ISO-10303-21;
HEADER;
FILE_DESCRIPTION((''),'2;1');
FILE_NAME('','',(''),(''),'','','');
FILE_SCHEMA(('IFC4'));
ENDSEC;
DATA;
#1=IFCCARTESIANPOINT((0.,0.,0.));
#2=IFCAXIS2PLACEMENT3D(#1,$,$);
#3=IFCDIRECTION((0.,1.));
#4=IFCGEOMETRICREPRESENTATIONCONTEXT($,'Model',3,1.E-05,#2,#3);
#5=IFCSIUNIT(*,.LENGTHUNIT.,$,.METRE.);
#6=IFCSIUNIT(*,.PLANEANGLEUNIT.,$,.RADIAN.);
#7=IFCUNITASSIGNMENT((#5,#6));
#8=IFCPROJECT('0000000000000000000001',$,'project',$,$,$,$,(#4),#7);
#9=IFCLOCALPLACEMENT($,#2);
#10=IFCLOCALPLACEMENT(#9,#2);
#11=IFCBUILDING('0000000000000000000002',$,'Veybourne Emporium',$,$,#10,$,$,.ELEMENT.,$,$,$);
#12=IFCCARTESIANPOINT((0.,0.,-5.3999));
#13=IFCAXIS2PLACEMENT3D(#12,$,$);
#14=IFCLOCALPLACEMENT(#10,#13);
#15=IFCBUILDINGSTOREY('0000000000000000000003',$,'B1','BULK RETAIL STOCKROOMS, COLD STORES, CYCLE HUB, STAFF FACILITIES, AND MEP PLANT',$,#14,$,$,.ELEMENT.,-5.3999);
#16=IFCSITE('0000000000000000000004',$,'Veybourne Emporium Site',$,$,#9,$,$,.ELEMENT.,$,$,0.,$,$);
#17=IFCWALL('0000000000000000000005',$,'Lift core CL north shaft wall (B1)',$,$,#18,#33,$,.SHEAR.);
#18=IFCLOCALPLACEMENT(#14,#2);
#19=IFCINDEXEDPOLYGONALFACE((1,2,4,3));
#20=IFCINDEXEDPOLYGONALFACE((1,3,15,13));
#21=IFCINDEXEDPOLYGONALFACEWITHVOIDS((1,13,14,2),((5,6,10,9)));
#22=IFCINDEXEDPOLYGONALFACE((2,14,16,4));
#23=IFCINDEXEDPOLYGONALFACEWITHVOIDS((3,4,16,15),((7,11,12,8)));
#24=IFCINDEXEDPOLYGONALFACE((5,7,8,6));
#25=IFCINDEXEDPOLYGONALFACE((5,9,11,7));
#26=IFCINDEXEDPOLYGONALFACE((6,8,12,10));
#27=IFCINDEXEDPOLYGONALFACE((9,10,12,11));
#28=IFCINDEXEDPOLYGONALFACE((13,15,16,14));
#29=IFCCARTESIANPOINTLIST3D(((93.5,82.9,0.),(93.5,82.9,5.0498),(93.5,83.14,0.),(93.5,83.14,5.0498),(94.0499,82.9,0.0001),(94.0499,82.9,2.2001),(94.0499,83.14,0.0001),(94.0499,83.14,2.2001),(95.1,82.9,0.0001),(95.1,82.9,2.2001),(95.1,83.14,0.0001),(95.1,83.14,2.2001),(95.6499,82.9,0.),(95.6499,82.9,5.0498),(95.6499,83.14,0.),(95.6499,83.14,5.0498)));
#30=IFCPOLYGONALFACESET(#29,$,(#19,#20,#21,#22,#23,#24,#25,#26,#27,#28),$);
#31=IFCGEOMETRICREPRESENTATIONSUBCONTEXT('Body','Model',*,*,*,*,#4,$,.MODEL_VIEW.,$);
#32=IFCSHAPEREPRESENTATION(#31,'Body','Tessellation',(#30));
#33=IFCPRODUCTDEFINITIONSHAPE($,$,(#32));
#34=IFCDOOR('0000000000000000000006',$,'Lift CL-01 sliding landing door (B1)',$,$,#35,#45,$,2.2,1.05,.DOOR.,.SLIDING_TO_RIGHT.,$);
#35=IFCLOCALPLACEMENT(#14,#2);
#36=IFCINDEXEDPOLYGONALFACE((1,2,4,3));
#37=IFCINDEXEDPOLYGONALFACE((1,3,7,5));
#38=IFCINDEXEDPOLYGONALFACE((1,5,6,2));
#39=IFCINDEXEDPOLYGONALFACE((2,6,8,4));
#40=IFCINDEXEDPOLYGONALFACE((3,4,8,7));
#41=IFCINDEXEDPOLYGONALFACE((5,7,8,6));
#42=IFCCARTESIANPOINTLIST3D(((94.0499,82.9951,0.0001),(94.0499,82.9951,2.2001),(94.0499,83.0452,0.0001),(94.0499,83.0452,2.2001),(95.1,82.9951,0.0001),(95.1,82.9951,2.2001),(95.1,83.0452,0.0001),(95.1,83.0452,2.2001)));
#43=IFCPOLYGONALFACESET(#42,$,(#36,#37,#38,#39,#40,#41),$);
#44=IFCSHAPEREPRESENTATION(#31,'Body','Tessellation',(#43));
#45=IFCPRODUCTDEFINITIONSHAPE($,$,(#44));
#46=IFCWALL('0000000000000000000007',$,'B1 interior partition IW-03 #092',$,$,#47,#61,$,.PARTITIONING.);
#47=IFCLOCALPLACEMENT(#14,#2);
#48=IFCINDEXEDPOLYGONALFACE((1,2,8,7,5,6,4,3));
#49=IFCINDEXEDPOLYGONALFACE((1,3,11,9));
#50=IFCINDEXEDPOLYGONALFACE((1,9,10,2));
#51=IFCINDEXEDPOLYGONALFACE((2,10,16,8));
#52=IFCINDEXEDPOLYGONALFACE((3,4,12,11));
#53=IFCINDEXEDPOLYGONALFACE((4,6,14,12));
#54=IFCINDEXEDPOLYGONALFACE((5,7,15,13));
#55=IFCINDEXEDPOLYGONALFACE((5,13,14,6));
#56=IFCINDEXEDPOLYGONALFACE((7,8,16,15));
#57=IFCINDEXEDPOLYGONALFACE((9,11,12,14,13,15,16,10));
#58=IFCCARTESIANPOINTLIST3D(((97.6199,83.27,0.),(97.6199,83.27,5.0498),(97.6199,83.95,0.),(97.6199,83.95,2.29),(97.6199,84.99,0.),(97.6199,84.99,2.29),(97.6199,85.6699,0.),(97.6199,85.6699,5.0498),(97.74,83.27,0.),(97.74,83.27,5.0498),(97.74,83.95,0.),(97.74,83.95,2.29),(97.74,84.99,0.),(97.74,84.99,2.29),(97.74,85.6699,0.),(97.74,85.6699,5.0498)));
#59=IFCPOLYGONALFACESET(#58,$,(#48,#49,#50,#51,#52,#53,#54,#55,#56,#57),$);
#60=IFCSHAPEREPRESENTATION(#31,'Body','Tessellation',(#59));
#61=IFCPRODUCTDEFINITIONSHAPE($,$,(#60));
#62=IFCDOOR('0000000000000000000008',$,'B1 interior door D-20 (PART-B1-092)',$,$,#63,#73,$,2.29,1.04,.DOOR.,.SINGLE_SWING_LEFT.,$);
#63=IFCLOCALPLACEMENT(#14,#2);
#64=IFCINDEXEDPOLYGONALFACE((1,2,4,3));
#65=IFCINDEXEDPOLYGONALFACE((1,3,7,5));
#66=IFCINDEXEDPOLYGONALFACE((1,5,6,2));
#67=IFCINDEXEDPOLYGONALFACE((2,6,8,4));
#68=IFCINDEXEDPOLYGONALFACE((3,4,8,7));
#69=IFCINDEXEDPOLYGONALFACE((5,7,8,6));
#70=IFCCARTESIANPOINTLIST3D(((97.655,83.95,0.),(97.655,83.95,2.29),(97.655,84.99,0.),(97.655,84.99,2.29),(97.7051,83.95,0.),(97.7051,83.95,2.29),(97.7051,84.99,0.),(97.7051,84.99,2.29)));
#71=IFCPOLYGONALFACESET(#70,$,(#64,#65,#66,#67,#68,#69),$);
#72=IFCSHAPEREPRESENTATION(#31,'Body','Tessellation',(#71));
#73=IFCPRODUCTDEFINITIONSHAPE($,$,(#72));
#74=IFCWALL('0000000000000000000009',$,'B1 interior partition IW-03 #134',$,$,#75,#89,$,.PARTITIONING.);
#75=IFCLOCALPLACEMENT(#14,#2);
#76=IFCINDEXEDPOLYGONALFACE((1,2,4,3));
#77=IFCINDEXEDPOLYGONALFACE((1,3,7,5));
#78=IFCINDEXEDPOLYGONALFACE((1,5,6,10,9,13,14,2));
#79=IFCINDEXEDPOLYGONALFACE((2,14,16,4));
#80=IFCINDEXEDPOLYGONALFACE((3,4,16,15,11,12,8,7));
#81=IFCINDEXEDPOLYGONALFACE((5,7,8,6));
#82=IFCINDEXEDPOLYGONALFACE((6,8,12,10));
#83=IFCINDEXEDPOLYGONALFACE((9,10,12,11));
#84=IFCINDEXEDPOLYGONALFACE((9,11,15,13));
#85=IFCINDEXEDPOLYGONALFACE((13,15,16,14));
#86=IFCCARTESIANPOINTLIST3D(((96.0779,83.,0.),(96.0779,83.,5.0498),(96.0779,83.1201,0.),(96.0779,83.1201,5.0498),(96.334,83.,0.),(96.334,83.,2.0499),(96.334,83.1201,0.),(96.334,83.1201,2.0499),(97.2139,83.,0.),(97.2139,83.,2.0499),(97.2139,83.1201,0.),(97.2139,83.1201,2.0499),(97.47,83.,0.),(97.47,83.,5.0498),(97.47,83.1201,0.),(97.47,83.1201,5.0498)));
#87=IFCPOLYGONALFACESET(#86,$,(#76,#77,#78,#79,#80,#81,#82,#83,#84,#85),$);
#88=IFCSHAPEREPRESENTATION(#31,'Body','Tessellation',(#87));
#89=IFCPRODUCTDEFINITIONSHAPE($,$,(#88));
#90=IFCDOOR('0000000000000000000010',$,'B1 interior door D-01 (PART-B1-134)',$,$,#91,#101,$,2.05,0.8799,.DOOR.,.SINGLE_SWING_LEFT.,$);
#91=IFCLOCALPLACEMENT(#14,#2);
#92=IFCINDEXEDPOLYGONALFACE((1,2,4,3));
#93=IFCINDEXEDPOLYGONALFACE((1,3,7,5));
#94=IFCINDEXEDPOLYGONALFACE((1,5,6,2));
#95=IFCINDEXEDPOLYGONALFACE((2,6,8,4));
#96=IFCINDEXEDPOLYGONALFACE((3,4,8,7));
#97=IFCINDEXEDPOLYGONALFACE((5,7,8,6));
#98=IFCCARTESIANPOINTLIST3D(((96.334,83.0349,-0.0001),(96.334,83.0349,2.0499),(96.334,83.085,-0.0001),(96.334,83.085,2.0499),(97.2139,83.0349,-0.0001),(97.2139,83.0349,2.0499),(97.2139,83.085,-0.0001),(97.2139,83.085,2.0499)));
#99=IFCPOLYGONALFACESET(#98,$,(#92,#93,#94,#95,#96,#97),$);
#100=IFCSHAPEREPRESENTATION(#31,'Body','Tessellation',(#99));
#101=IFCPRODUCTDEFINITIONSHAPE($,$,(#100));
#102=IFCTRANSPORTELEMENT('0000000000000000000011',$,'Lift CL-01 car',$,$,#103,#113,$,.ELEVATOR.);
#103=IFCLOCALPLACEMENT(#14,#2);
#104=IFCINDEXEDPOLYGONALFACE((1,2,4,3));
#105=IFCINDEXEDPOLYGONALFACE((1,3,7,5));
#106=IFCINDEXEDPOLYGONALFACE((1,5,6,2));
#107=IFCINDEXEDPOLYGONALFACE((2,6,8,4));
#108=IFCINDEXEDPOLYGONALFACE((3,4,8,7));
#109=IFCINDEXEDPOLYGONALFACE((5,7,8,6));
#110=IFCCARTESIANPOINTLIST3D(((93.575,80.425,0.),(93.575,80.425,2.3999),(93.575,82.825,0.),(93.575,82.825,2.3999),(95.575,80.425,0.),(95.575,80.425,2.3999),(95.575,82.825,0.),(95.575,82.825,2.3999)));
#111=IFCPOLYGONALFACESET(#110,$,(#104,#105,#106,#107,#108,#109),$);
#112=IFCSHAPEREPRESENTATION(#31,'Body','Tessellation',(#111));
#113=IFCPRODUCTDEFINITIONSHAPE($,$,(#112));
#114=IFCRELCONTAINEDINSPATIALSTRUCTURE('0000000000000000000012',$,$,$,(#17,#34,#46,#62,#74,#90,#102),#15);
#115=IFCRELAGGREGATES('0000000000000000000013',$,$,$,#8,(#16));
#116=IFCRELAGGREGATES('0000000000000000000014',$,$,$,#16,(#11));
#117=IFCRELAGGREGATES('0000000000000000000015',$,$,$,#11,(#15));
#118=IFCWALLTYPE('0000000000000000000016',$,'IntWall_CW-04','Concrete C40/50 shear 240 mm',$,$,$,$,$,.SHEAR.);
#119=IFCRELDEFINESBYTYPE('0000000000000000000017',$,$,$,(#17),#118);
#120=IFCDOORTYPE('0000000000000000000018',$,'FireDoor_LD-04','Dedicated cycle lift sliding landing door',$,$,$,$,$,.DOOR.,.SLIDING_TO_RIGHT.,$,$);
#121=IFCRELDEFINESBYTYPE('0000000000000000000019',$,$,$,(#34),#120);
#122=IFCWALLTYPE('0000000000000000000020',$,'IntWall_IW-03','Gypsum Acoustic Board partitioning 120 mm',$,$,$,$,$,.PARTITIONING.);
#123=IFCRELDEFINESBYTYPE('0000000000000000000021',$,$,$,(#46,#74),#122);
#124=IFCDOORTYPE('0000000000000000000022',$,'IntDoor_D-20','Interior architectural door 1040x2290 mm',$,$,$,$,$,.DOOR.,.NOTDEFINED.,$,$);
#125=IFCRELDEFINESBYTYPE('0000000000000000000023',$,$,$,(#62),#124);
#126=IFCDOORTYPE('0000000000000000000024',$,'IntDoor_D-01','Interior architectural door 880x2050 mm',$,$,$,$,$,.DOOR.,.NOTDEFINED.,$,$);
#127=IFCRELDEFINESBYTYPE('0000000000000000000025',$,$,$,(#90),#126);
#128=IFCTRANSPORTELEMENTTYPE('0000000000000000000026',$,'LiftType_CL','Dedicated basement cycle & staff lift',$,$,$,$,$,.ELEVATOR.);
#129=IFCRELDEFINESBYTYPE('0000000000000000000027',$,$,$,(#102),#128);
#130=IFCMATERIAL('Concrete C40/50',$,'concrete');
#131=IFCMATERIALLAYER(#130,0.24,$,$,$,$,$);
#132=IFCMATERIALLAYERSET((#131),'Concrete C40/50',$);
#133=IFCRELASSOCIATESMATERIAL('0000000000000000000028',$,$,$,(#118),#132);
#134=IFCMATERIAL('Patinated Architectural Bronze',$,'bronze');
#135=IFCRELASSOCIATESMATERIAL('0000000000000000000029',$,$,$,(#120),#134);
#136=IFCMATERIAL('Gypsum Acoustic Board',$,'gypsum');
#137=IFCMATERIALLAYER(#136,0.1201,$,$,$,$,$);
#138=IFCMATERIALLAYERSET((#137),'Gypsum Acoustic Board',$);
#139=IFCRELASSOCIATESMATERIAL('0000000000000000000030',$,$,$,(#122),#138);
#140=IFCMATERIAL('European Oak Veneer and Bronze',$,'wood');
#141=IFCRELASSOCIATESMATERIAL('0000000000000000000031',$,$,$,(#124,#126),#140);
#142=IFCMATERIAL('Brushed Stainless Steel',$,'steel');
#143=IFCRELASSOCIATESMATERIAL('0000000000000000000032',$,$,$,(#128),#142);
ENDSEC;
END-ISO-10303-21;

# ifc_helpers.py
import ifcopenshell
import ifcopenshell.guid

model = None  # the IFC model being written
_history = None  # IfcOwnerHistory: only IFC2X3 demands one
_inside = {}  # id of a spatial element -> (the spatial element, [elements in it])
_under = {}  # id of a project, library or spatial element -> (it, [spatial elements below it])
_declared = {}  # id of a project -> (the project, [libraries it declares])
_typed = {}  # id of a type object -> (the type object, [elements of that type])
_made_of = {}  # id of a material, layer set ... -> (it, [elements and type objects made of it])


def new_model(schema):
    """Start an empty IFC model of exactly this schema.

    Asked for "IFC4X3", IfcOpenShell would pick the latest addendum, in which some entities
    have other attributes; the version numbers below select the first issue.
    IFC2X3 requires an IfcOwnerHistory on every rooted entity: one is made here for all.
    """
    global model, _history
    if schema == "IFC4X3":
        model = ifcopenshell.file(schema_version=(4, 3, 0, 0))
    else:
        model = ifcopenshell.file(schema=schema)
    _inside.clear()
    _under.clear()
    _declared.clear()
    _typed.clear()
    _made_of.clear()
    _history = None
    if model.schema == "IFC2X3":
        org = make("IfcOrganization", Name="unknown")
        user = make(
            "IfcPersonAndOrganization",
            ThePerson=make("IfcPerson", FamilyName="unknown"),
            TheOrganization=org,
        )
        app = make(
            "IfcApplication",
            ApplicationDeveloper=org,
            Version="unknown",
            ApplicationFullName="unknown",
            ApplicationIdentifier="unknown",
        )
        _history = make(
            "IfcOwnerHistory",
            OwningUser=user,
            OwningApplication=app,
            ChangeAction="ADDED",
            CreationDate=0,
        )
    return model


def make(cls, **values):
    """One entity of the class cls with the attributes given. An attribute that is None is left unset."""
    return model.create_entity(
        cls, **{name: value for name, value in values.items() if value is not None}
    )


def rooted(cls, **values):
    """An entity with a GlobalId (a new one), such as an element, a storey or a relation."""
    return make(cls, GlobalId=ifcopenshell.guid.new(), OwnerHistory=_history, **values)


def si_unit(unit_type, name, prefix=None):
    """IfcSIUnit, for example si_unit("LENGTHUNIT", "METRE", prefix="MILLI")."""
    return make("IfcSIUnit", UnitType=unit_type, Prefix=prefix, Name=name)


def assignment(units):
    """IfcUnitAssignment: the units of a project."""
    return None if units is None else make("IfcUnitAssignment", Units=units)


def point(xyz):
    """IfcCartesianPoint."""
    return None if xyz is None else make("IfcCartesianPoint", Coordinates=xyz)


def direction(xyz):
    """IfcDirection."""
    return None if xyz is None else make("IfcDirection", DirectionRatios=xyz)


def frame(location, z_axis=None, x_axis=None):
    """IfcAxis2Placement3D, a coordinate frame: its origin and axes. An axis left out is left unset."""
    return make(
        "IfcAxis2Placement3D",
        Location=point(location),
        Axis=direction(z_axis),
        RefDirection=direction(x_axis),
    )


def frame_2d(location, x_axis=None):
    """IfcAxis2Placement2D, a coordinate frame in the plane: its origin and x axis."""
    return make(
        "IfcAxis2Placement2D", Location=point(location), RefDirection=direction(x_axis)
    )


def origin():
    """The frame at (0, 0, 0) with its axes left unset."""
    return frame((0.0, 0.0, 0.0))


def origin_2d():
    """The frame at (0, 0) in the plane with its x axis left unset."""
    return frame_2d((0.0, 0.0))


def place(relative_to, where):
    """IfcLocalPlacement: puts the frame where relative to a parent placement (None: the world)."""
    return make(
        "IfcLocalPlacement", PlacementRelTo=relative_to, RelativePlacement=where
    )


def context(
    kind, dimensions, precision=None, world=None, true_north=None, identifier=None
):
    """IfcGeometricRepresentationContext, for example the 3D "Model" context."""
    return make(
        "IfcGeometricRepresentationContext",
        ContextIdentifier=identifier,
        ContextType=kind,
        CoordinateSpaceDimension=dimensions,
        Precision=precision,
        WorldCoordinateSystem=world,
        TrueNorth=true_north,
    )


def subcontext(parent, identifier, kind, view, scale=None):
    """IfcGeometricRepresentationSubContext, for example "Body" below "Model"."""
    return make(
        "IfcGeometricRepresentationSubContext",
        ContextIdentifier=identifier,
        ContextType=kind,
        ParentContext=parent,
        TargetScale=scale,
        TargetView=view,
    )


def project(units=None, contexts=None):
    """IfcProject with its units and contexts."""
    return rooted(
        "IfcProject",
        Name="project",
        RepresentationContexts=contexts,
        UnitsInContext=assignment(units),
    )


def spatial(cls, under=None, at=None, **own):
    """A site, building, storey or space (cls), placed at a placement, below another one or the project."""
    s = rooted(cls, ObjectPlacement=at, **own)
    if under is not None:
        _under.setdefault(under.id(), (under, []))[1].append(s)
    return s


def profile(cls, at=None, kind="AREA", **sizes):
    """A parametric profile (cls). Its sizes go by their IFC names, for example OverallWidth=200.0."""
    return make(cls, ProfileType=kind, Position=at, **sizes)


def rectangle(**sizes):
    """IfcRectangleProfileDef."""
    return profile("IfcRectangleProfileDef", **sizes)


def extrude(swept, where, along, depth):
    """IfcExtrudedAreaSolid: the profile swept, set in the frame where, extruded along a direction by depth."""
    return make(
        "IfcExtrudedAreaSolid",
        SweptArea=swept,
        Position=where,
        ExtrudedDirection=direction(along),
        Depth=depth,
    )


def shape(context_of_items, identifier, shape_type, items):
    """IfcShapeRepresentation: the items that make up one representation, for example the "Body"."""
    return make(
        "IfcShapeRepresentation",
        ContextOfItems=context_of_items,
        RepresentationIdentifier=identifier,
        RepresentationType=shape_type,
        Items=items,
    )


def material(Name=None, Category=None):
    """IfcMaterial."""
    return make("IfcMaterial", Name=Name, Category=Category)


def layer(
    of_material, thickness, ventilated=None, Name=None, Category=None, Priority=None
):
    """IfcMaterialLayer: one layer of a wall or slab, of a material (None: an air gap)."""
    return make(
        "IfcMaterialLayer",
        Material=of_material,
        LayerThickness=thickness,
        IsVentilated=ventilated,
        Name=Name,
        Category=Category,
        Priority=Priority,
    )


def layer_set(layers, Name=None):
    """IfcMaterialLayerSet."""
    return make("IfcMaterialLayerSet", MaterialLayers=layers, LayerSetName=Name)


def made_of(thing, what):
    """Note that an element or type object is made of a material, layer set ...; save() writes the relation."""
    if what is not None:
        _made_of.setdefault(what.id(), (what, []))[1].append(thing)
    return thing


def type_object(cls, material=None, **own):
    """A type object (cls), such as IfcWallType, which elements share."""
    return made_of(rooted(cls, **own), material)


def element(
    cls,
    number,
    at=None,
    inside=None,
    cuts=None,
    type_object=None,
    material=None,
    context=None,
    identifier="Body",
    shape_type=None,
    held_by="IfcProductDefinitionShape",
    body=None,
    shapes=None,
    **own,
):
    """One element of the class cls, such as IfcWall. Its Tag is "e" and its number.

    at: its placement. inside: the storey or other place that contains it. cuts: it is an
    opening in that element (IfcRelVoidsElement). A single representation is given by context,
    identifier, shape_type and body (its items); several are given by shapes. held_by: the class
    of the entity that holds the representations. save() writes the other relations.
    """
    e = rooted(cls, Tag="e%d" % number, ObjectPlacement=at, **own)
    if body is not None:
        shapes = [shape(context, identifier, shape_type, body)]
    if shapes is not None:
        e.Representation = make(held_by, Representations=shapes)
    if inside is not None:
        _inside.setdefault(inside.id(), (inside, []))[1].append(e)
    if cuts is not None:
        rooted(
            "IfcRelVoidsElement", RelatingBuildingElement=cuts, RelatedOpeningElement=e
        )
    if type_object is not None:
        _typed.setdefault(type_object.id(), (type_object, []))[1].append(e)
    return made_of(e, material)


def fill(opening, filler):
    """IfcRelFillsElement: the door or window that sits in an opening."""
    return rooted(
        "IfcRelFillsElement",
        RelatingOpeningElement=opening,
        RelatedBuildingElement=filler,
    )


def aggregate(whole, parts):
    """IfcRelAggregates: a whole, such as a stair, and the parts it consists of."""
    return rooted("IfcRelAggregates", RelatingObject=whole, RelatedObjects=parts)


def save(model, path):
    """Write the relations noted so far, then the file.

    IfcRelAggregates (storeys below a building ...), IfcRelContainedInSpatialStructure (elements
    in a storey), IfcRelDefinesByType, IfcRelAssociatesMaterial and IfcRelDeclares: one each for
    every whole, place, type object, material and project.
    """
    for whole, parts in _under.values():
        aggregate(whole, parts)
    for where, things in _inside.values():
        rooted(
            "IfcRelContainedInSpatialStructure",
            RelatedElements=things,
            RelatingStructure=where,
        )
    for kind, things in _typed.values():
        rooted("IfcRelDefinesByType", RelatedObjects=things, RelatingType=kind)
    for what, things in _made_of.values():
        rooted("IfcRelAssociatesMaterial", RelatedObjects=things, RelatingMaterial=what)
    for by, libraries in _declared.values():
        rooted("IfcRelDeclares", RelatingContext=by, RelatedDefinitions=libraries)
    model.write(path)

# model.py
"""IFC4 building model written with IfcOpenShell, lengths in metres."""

from ifc_helpers import new_model, si_unit, direction, frame, frame_2d, origin, origin_2d, place, context, subcontext, project, spatial, rectangle, extrude, material, layer, layer_set, type_object, element, fill, save


model = new_model("IFC4")

# Units and contexts
model_context = context("Model", 3, precision=1e-05, world=origin(), true_north=direction((0.0, 1.0)))
body_context = subcontext(model_context, "Body", "Model", "MODEL_VIEW")
ifc_project = project(units=[si_unit("LENGTHUNIT", "METRE"), si_unit("PLANEANGLEUNIT", "RADIAN")], contexts=[model_context])

# Site, building, storey
site_placement = place(None, origin())
site = spatial("IfcSite", under=ifc_project, at=site_placement, Name="Veybourne Emporium Site", CompositionType="ELEMENT", RefElevation=0.0)
building_placement = place(site_placement, origin())
building = spatial("IfcBuilding", under=site, at=building_placement, Name="Veybourne Emporium", CompositionType="ELEMENT")
storey_placement = place(building_placement, frame((0.0, 0.0, -5.3999)))
storey = spatial("IfcBuildingStorey", under=building, at=storey_placement, Name="B1", Description="BULK RETAIL STOCKROOMS, COLD STORES, CYCLE HUB, STAFF FACILITIES, AND MEP PLANT", CompositionType="ELEMENT", Elevation=-5.3999)

# Shared definitions
ifc_material_1 = material(Name="Concrete C40/50", Category="concrete")

# Walls, openings, doors
ifc_layer_1 = layer(ifc_material_1, 0.24)
ifc_layer_set_1 = layer_set([ifc_layer_1], Name="Concrete C40/50")
wall_type_1 = type_object("IfcWallType", Name="IntWall_CW-04", Description="Concrete C40/50 shear 240 mm", PredefinedType="SHEAR", material=ifc_layer_set_1)
wall_1_placement = place(storey_placement, frame((95.6499, 83.02, 0.0), z_axis=(0.0, 0.0, 1.0), x_axis=(-1.0, 0.0, 0.0)))
wall_1 = element("IfcWall", 1, at=wall_1_placement, inside=storey, type_object=wall_type_1, Name="Lift core CL north shaft wall (B1)", PredefinedType="SHEAR", context=body_context, shape_type="SweptSolid", body=[
    extrude(rectangle(XDim=2.1499, YDim=0.24, at=frame_2d((1.075, 0.0))), origin(), (0.0, 0.0, 1.0), 5.0498),
])
opening_1_placement = place(wall_1_placement, frame((0.55, 0.0, 0.0)))
opening_1 = element("IfcOpeningElement", 2, at=opening_1_placement, cuts=wall_1, PredefinedType="OPENING", context=body_context, shape_type="SweptSolid", body=[
    extrude(rectangle(XDim=1.05, YDim=2.2, at=frame_2d((0.5249, 1.1001))), frame((0.0, 0.1401, 0.0), z_axis=(0.0, -1.0, 0.0), x_axis=(1.0, 0.0, 0.0)), (0.0, 0.0, 1.0), 0.28),
])
ifc_material_2 = material(Name="Patinated Architectural Bronze", Category="bronze")
door_type_1 = type_object("IfcDoorType", Name="FireDoor_LD-04", Description="Dedicated cycle lift sliding landing door", OperationType="SLIDING_TO_RIGHT", PredefinedType="DOOR", material=ifc_material_2)
door_1_placement = place(opening_1_placement, origin())
door_1 = element("IfcDoor", 3, at=door_1_placement, inside=storey, type_object=door_type_1, Name="Lift CL-01 sliding landing door (B1)", OperationType="SLIDING_TO_RIGHT", OverallHeight=2.2, OverallWidth=1.05, PredefinedType="DOOR", context=body_context, shape_type="SweptSolid", body=[
    extrude(rectangle(XDim=1.05, YDim=2.2, at=frame_2d((0.5249, 1.1001))), frame((0.0, 0.0249, 0.0), z_axis=(0.0, -1.0, 0.0), x_axis=(1.0, 0.0, 0.0)), (0.0, 0.0, 1.0), 0.05),
])
fill(opening_1, door_1)
ifc_material_3 = material(Name="Gypsum Acoustic Board", Category="gypsum")
ifc_layer_2 = layer(ifc_material_3, 0.1201)
ifc_layer_set_2 = layer_set([ifc_layer_2], Name="Gypsum Acoustic Board")
wall_type_2 = type_object("IfcWallType", Name="IntWall_IW-03", Description="Gypsum Acoustic Board partitioning 120 mm", PredefinedType="PARTITIONING", material=ifc_layer_set_2)
wall_2_placement = place(storey_placement, frame((97.6799, 83.27, 0.0), z_axis=(0.0, 0.0, 1.0), x_axis=(0.0, 1.0, 0.0)))
wall_2 = element("IfcWall", 4, at=wall_2_placement, inside=storey, type_object=wall_type_2, Name="B1 interior partition IW-03 #092", PredefinedType="PARTITIONING", context=body_context, shape_type="SweptSolid", body=[
    extrude(rectangle(XDim=2.3999, YDim=0.1201, at=frame_2d((1.2, 0.0))), origin(), (0.0, 0.0, 1.0), 5.0498),
])
opening_2_placement = place(wall_2_placement, frame((0.6799, 0.0, 0.0)))
opening_2 = element("IfcOpeningElement", 5, at=opening_2_placement, cuts=wall_2, PredefinedType="OPENING", context=body_context, shape_type="SweptSolid", body=[
    extrude(rectangle(XDim=1.04, YDim=2.29, at=frame_2d((0.52, 1.145))), frame((0.0, 0.0801, 0.0), z_axis=(0.0, -1.0, 0.0), x_axis=(1.0, 0.0, 0.0)), (0.0, 0.0, 1.0), 0.1602),
])
ifc_material_4 = material(Name="European Oak Veneer and Bronze", Category="wood")
door_type_2 = type_object("IfcDoorType", Name="IntDoor_D-20", Description="Interior architectural door 1040x2290 mm", OperationType="NOTDEFINED", PredefinedType="DOOR", material=ifc_material_4)
door_2_placement = place(opening_2_placement, origin())
door_2 = element("IfcDoor", 6, at=door_2_placement, inside=storey, type_object=door_type_2, Name="B1 interior door D-20 (PART-B1-092)", OperationType="SINGLE_SWING_LEFT", OverallHeight=2.29, OverallWidth=1.04, PredefinedType="DOOR", context=body_context, shape_type="SweptSolid", body=[
    extrude(rectangle(XDim=1.04, YDim=2.29, at=frame_2d((0.52, 1.145))), frame((0.0, 0.0249, 0.0), z_axis=(0.0, -1.0, 0.0), x_axis=(1.0, 0.0, 0.0)), (0.0, 0.0, 1.0), 0.05),
])
fill(opening_2, door_2)
wall_3_placement = place(storey_placement, frame((96.0779, 83.0601, 0.0), z_axis=(0.0, 0.0, 1.0), x_axis=(1.0, 0.0, 0.0)))
wall_3 = element("IfcWall", 7, at=wall_3_placement, inside=storey, type_object=wall_type_2, Name="B1 interior partition IW-03 #134", PredefinedType="PARTITIONING", context=body_context, shape_type="SweptSolid", body=[
    extrude(rectangle(XDim=1.3921, YDim=0.1201, at=frame_2d((0.696, 0.0))), origin(), (0.0, 0.0, 1.0), 5.0498),
])
opening_3_placement = place(wall_3_placement, frame((0.2561, 0.0, 0.0)))
opening_3 = element("IfcOpeningElement", 8, at=opening_3_placement, cuts=wall_3, PredefinedType="OPENING", context=body_context, shape_type="SweptSolid", body=[
    extrude(rectangle(XDim=0.8799, YDim=2.05, at=frame_2d((0.4399, 1.0249))), frame((0.0, 0.0801, 0.0), z_axis=(0.0, -1.0, 0.0), x_axis=(1.0, 0.0, 0.0)), (0.0, 0.0, 1.0), 0.1602),
])
door_type_3 = type_object("IfcDoorType", Name="IntDoor_D-01", Description="Interior architectural door 880x2050 mm", OperationType="NOTDEFINED", PredefinedType="DOOR", material=ifc_material_4)
door_3_placement = place(opening_3_placement, origin())
door_3 = element("IfcDoor", 9, at=door_3_placement, inside=storey, type_object=door_type_3, Name="B1 interior door D-01 (PART-B1-134)", OperationType="SINGLE_SWING_LEFT", OverallHeight=2.05, OverallWidth=0.8799, PredefinedType="DOOR", context=body_context, shape_type="SweptSolid", body=[
    extrude(rectangle(XDim=0.8799, YDim=2.05, at=frame_2d((0.4399, 1.0249))), frame((0.0, 0.0249, 0.0), z_axis=(0.0, -1.0, 0.0), x_axis=(1.0, 0.0, 0.0)), (0.0, 0.0, 1.0), 0.05),
])
fill(opening_3, door_3)

# Transport element
ifc_material_5 = material(Name="Brushed Stainless Steel", Category="steel")
transport_element_type = type_object("IfcTransportElementType", Name="LiftType_CL", Description="Dedicated basement cycle & staff lift", PredefinedType="ELEVATOR", material=ifc_material_5)
transport_element_placement = place(storey_placement, frame((94.575, 81.625, 0.0), z_axis=(0.0, 0.0, 1.0), x_axis=(1.0, 0.0, 0.0)))
element("IfcTransportElement", 10, at=transport_element_placement, inside=storey, type_object=transport_element_type, Name="Lift CL-01 car", PredefinedType="ELEVATOR", context=body_context, shape_type="SweptSolid", body=[
    extrude(rectangle(XDim=2.0, YDim=2.3999, at=origin_2d()), origin(), (0.0, 0.0, 1.0), 2.3999),
])

save(model, "model.ifc")
